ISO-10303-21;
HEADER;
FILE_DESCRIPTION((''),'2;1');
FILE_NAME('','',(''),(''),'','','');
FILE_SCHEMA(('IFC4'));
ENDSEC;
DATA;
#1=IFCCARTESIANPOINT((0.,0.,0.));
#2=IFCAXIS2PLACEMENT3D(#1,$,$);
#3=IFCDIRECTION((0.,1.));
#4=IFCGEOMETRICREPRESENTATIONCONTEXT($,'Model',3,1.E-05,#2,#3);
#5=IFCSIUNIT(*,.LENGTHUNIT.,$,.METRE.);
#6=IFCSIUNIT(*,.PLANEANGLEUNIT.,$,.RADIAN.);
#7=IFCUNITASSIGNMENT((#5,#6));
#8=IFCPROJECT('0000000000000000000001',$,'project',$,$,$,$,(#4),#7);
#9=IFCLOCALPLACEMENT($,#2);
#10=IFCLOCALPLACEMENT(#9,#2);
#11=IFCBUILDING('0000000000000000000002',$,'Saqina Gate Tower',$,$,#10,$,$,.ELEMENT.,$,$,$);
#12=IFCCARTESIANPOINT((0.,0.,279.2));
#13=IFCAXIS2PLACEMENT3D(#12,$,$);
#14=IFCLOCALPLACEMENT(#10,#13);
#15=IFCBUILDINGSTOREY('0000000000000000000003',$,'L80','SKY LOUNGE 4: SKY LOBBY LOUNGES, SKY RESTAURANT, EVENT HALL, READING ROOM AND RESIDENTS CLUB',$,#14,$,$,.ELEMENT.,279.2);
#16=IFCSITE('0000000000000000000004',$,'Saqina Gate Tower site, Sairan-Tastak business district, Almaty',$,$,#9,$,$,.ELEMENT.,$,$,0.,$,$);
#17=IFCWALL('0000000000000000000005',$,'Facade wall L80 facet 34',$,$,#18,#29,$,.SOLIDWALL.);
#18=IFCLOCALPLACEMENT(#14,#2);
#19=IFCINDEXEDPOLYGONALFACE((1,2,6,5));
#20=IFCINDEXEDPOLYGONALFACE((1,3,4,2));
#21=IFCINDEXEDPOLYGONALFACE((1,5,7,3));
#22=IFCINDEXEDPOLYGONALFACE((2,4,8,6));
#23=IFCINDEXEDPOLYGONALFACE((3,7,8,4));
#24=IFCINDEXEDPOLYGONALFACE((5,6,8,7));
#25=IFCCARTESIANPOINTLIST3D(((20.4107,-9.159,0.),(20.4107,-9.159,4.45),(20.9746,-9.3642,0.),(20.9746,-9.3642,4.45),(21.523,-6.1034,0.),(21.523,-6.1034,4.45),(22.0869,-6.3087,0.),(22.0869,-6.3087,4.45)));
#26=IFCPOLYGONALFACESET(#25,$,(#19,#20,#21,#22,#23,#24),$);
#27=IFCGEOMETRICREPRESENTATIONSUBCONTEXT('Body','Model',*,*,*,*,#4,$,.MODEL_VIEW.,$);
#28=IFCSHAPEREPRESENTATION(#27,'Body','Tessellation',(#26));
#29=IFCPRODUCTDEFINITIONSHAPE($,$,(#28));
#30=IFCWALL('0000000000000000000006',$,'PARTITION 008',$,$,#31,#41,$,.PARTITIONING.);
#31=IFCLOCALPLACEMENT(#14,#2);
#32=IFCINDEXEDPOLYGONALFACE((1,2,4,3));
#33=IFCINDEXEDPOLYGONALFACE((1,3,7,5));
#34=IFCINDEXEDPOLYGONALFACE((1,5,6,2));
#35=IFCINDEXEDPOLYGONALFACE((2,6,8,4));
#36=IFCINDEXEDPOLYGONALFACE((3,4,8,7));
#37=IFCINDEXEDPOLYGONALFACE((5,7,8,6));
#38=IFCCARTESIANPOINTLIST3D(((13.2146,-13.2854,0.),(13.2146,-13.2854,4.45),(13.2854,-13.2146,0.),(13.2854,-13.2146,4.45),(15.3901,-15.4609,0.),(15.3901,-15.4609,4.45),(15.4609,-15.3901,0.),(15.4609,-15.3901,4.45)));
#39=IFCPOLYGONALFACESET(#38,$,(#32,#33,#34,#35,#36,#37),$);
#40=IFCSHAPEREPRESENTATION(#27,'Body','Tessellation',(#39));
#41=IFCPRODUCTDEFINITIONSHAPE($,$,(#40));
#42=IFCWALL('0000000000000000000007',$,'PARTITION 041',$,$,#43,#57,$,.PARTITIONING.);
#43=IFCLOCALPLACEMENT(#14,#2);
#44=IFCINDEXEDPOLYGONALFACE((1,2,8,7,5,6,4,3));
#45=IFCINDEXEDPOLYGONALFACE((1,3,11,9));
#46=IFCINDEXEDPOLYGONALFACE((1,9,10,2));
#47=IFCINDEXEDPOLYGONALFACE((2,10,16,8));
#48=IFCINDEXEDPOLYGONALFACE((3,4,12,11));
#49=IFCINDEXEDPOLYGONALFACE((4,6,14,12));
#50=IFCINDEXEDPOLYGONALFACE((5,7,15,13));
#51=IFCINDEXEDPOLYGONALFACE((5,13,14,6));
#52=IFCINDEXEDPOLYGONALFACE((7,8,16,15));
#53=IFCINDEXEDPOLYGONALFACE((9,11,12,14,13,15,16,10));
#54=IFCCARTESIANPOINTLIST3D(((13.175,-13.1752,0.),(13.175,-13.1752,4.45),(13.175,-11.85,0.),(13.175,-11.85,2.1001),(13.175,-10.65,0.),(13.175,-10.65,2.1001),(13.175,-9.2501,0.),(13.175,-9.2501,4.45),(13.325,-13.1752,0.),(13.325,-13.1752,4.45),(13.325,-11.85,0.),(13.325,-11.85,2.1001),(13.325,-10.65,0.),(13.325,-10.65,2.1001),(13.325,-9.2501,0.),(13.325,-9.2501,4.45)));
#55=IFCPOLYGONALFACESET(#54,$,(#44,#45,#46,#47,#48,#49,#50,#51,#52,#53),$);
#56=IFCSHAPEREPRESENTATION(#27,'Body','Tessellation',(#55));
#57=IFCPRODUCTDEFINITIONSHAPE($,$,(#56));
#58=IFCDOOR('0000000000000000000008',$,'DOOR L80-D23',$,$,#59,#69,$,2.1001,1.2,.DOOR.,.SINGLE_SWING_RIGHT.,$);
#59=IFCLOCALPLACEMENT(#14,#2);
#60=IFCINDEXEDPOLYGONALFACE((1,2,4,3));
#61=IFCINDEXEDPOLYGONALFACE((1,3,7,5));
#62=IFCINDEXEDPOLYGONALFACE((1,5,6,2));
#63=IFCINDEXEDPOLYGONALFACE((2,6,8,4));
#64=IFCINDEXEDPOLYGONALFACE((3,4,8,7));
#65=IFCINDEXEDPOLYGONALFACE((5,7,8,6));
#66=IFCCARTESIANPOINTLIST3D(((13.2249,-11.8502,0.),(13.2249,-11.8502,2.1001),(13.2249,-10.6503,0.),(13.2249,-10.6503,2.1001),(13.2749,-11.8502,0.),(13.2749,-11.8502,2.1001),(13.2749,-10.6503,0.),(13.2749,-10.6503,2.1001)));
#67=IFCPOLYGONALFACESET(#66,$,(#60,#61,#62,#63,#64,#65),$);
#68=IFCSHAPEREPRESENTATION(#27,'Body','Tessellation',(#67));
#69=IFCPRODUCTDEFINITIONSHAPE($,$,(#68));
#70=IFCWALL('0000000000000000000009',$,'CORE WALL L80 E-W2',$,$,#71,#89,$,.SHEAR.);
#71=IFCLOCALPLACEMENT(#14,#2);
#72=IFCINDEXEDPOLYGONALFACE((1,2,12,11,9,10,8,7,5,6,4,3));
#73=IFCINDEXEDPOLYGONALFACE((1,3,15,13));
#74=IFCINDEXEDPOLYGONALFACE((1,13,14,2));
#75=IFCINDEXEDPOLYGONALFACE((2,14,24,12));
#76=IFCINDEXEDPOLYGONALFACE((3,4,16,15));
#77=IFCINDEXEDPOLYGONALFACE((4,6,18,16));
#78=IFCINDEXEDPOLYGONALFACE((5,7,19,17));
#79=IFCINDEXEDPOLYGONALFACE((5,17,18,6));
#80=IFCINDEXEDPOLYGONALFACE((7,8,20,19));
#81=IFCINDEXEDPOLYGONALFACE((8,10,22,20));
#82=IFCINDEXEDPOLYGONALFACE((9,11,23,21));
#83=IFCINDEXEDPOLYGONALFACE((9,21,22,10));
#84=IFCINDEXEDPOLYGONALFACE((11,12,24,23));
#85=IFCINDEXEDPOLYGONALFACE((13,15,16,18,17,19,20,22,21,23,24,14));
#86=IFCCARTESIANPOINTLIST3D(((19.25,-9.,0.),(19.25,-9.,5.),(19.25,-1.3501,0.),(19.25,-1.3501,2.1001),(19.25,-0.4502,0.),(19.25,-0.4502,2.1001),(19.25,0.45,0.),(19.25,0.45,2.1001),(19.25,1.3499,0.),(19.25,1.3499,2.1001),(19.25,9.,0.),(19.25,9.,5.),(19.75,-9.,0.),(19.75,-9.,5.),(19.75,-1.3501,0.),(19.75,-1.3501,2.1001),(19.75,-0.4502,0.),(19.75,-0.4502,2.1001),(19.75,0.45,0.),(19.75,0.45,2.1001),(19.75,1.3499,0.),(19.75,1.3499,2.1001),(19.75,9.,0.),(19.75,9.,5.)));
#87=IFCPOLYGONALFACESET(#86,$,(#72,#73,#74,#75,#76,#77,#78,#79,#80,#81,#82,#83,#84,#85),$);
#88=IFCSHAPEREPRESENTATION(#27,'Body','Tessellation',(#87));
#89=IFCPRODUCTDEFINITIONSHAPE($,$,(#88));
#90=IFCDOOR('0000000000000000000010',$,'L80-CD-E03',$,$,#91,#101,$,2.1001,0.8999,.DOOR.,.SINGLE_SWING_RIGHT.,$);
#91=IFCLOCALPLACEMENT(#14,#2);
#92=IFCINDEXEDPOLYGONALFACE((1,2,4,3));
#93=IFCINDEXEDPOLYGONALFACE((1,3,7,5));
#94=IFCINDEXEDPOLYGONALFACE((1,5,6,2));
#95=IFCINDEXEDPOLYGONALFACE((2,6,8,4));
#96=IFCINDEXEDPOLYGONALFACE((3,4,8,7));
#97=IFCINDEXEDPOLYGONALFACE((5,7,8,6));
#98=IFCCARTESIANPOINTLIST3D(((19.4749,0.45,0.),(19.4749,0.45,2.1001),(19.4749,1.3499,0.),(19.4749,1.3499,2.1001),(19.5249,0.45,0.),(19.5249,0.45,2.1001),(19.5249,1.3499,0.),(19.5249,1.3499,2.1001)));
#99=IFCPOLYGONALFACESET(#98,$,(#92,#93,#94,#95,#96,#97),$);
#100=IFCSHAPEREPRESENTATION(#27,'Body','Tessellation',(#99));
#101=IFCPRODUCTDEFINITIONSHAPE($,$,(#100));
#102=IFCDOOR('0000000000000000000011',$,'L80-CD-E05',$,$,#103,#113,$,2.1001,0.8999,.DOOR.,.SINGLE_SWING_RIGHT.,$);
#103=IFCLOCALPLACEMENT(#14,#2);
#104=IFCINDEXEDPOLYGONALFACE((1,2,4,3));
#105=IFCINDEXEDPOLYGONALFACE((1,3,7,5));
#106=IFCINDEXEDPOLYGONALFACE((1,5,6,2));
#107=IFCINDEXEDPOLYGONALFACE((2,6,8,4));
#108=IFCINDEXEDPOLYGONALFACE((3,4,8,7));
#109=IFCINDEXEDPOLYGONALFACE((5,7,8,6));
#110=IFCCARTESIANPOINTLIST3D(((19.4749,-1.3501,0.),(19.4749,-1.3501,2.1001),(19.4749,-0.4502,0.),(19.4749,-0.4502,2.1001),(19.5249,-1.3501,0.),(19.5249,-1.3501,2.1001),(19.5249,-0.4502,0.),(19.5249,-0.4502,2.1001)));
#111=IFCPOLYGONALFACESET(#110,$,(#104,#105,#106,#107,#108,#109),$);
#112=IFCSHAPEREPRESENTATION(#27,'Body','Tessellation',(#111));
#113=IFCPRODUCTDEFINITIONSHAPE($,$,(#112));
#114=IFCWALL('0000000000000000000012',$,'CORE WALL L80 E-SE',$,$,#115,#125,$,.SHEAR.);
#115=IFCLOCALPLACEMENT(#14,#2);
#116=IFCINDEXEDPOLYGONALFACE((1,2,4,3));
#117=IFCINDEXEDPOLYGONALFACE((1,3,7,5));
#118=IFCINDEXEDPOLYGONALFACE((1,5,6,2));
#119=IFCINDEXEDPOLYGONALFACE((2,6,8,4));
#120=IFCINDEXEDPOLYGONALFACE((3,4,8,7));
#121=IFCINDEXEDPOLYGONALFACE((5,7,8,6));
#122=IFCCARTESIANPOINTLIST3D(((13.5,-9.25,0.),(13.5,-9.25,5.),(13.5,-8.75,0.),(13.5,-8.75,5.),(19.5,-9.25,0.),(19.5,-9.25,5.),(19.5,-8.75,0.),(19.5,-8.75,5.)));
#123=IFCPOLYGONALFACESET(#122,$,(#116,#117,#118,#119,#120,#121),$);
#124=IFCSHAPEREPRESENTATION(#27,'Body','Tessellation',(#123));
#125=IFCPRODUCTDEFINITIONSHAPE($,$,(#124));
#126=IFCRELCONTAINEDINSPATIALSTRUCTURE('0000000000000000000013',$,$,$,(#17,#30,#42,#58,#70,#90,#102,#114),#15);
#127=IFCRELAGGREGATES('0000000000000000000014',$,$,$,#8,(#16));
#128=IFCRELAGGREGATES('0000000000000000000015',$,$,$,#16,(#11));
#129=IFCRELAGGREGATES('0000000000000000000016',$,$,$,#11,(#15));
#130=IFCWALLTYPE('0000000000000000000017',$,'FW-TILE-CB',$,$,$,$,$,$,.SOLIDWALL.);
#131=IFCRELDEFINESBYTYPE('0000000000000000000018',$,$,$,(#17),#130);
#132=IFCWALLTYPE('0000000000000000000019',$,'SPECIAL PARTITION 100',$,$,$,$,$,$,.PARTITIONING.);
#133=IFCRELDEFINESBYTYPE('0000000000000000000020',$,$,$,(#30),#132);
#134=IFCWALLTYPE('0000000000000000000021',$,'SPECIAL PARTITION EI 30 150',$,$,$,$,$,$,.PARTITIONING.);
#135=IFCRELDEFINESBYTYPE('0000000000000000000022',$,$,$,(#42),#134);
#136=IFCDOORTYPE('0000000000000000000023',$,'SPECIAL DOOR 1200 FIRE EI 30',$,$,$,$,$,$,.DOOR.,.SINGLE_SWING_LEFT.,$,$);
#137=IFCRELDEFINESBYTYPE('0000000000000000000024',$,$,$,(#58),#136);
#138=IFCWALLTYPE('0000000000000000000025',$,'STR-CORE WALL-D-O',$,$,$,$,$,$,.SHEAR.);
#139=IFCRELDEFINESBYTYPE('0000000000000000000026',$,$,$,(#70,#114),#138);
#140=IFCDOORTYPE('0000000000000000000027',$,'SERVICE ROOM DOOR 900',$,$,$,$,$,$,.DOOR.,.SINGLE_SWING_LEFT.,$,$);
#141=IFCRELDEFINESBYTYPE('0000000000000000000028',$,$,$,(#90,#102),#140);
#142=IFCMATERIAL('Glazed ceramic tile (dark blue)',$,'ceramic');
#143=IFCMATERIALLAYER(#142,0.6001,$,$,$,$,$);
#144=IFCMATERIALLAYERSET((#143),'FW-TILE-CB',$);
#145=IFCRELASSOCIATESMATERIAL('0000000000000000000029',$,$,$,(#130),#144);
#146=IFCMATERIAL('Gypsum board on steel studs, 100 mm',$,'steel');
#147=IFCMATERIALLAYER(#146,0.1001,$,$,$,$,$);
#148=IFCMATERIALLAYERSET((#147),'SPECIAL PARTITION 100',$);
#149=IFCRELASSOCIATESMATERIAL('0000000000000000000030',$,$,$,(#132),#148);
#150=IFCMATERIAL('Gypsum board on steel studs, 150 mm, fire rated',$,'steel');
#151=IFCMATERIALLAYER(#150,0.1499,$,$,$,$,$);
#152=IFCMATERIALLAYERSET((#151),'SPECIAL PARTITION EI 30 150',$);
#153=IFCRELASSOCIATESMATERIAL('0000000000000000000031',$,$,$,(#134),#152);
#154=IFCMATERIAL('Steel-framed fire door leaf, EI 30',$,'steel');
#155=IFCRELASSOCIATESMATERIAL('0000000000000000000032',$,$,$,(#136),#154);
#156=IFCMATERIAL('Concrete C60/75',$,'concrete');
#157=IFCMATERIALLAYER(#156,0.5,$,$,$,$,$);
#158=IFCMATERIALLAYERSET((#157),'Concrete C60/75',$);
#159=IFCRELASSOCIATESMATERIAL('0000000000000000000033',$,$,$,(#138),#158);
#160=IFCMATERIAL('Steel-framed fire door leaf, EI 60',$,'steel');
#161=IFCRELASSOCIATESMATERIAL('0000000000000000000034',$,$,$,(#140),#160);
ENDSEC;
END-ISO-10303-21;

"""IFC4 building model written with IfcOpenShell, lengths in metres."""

from ifc_helpers import new_model, si_unit, direction, frame, frame_2d, origin, place, context, subcontext, project, spatial, rectangle, extrude, material, layer, layer_set, type_object, element, fill, save


model = new_model("IFC4")

# Units and contexts
model_context = context("Model", 3, precision=1e-05, world=origin(), true_north=direction((0.0, 1.0)))
body_context = subcontext(model_context, "Body", "Model", "MODEL_VIEW")
ifc_project = project(units=[si_unit("LENGTHUNIT", "METRE"), si_unit("PLANEANGLEUNIT", "RADIAN")], contexts=[model_context])

# Site, building, storey
site_placement = place(None, origin())
site = spatial("IfcSite", under=ifc_project, at=site_placement, Name="Saqina Gate Tower site, Sairan-Tastak business district, Almaty", CompositionType="ELEMENT", RefElevation=0.0)
building_placement = place(site_placement, origin())
building = spatial("IfcBuilding", under=site, at=building_placement, Name="Saqina Gate Tower", CompositionType="ELEMENT")
storey_placement = place(building_placement, frame((0.0, 0.0, 279.2)))
storey = spatial("IfcBuildingStorey", under=building, at=storey_placement, Name="L80", Description="SKY LOUNGE 4: SKY LOBBY LOUNGES, SKY RESTAURANT, EVENT HALL, READING ROOM AND RESIDENTS CLUB", CompositionType="ELEMENT", Elevation=279.2)

# Walls
ifc_material_1 = material(Name="Glazed ceramic tile (dark blue)", Category="ceramic")
ifc_layer_1 = layer(ifc_material_1, 0.6001)
ifc_layer_set_1 = layer_set([ifc_layer_1], Name="FW-TILE-CB")
wall_type_1 = type_object("IfcWallType", Name="FW-TILE-CB", PredefinedType="SOLIDWALL", material=ifc_layer_set_1)
wall_1_placement = place(storey_placement, frame((20.6926, -9.2617, 0.0), z_axis=(0.0, 0.0, 1.0), x_axis=(0.342057, 0.939679, 0.0)))
element("IfcWall", 1, at=wall_1_placement, inside=storey, type_object=wall_type_1, Name="Facade wall L80 facet 34", PredefinedType="SOLIDWALL", context=body_context, shape_type="SweptSolid", body=[
    extrude(rectangle(XDim=3.2517, YDim=0.6001, at=frame_2d((1.626, 0.0))), origin(), (0.0, 0.0, 1.0), 4.45),
])
ifc_material_2 = material(Name="Gypsum board on steel studs, 100 mm", Category="steel")
ifc_layer_2 = layer(ifc_material_2, 0.1001)
ifc_layer_set_2 = layer_set([ifc_layer_2], Name="SPECIAL PARTITION 100")
wall_type_2 = type_object("IfcWallType", Name="SPECIAL PARTITION 100", PredefinedType="PARTITIONING", material=ifc_layer_set_2)
wall_2_placement = place(storey_placement, frame((13.25, -13.25, 0.0), z_axis=(0.0, 0.0, 1.0), x_axis=(0.707107, -0.707107, 0.0)))
element("IfcWall", 2, at=wall_2_placement, inside=storey, type_object=wall_type_2, Name="PARTITION 008", PredefinedType="PARTITIONING", context=body_context, shape_type="SweptSolid", body=[
    extrude(rectangle(XDim=3.0767, YDim=0.1001, at=frame_2d((1.5383, 0.0))), origin(), (0.0, 0.0, 1.0), 4.45),
])

# Wall, opening, door
ifc_material_3 = material(Name="Gypsum board on steel studs, 150 mm, fire rated", Category="steel")
ifc_layer_3 = layer(ifc_material_3, 0.1499)
ifc_layer_set_3 = layer_set([ifc_layer_3], Name="SPECIAL PARTITION EI 30 150")
wall_type_3 = type_object("IfcWallType", Name="SPECIAL PARTITION EI 30 150", PredefinedType="PARTITIONING", material=ifc_layer_set_3)
wall_3_placement = place(storey_placement, frame((13.25, -13.175, 0.0), z_axis=(0.0, 0.0, 1.0), x_axis=(0.0, 1.0, 0.0)))
wall_3 = element("IfcWall", 3, at=wall_3_placement, inside=storey, type_object=wall_type_3, Name="PARTITION 041", PredefinedType="PARTITIONING", context=body_context, shape_type="SweptSolid", body=[
    extrude(rectangle(XDim=3.925, YDim=0.1499, at=frame_2d((1.9624, 0.0))), origin(), (0.0, 0.0, 1.0), 4.45),
])
opening_1_placement = place(wall_3_placement, frame((1.325, 0.0, 0.0)))
opening_1 = element("IfcOpeningElement", 4, at=opening_1_placement, cuts=wall_3, PredefinedType="OPENING", context=body_context, shape_type="SweptSolid", body=[
    extrude(rectangle(XDim=1.2, YDim=2.1001, at=frame_2d((0.6001, 1.05))), frame((0.0, 0.0869, 0.0), z_axis=(0.0, -1.0, 0.0), x_axis=(1.0, 0.0, 0.0)), (0.0, 0.0, 1.0), 0.1738),
])
ifc_material_4 = material(Name="Steel-framed fire door leaf, EI 30", Category="steel")
door_type_1 = type_object("IfcDoorType", Name="SPECIAL DOOR 1200 FIRE EI 30", OperationType="SINGLE_SWING_LEFT", PredefinedType="DOOR", material=ifc_material_4)
door_1_placement = place(opening_1_placement, frame((1.2, 0.0, 0.0), z_axis=(0.0, 0.0, 1.0), x_axis=(-1.0, 0.0, 0.0)))
door_1 = element("IfcDoor", 5, at=door_1_placement, inside=storey, type_object=door_type_1, Name="DOOR L80-D23", OperationType="SINGLE_SWING_RIGHT", OverallHeight=2.1001, OverallWidth=1.2, PredefinedType="DOOR", context=body_context, shape_type="SweptSolid", body=[
    extrude(rectangle(XDim=1.2, YDim=2.1001, at=frame_2d((0.6001, 1.05))), frame((0.0, 0.0249, 0.0), z_axis=(0.0, -1.0, 0.0), x_axis=(1.0, 0.0, 0.0)), (0.0, 0.0, 1.0), 0.05),
])
fill(opening_1, door_1)

# Wall, openings, doors
ifc_material_5 = material(Name="Concrete C60/75", Category="concrete")
ifc_layer_4 = layer(ifc_material_5, 0.5)
ifc_layer_set_4 = layer_set([ifc_layer_4], Name="Concrete C60/75")
wall_type_4 = type_object("IfcWallType", Name="STR-CORE WALL-D-O", PredefinedType="SHEAR", material=ifc_layer_set_4)
wall_4_placement = place(storey_placement, frame((19.5, -9.0, 0.0), z_axis=(0.0, 0.0, 1.0), x_axis=(0.0, 1.0, 0.0)))
wall_4 = element("IfcWall", 6, at=wall_4_placement, inside=storey, type_object=wall_type_4, Name="CORE WALL L80 E-W2", PredefinedType="SHEAR", context=body_context, shape_type="SweptSolid", body=[
    extrude(rectangle(XDim=18.0, YDim=0.5, at=frame_2d((9.0, 0.0))), origin(), (0.0, 0.0, 1.0), 5.0),
])
opening_2_placement = place(wall_4_placement, frame((9.45, 0.0, 0.0)))
opening_2 = element("IfcOpeningElement", 7, at=opening_2_placement, cuts=wall_4, PredefinedType="OPENING", context=body_context, shape_type="SweptSolid", body=[
    extrude(rectangle(XDim=0.8999, YDim=2.1001, at=frame_2d((0.45, 1.05))), frame((0.0, 0.262, 0.0), z_axis=(0.0, -1.0, 0.0), x_axis=(1.0, 0.0, 0.0)), (0.0, 0.0, 1.0), 0.5239),
])
opening_3_placement = place(wall_4_placement, frame((7.6499, 0.0, 0.0)))
opening_3 = element("IfcOpeningElement", 8, at=opening_3_placement, cuts=wall_4, PredefinedType="OPENING", context=body_context, shape_type="SweptSolid", body=[
    extrude(rectangle(XDim=0.8999, YDim=2.1001, at=frame_2d((0.45, 1.05))), frame((0.0, 0.262, 0.0), z_axis=(0.0, -1.0, 0.0), x_axis=(1.0, 0.0, 0.0)), (0.0, 0.0, 1.0), 0.5239),
])
ifc_material_6 = material(Name="Steel-framed fire door leaf, EI 60", Category="steel")
door_type_2 = type_object("IfcDoorType", Name="SERVICE ROOM DOOR 900", OperationType="SINGLE_SWING_LEFT", PredefinedType="DOOR", material=ifc_material_6)
door_2_placement = place(opening_2_placement, frame((0.8999, 0.0, 0.0), z_axis=(0.0, 0.0, 1.0), x_axis=(-1.0, 0.0, 0.0)))
door_2 = element("IfcDoor", 9, at=door_2_placement, inside=storey, type_object=door_type_2, Name="L80-CD-E03", OperationType="SINGLE_SWING_RIGHT", OverallHeight=2.1001, OverallWidth=0.8999, PredefinedType="DOOR", context=body_context, shape_type="SweptSolid", body=[
    extrude(rectangle(XDim=0.8999, YDim=2.1001, at=frame_2d((0.45, 1.05))), frame((0.0, 0.0249, 0.0), z_axis=(0.0, -1.0, 0.0), x_axis=(1.0, 0.0, 0.0)), (0.0, 0.0, 1.0), 0.05),
])
fill(opening_2, door_2)
door_3_placement = place(opening_3_placement, frame((0.8999, 0.0, 0.0), z_axis=(0.0, 0.0, 1.0), x_axis=(-1.0, 0.0, 0.0)))
door_3 = element("IfcDoor", 10, at=door_3_placement, inside=storey, type_object=door_type_2, Name="L80-CD-E05", OperationType="SINGLE_SWING_RIGHT", OverallHeight=2.1001, OverallWidth=0.8999, PredefinedType="DOOR", context=body_context, shape_type="SweptSolid", body=[
    extrude(rectangle(XDim=0.8999, YDim=2.1001, at=frame_2d((0.45, 1.05))), frame((0.0, 0.0249, 0.0), z_axis=(0.0, -1.0, 0.0), x_axis=(1.0, 0.0, 0.0)), (0.0, 0.0, 1.0), 0.05),
])
fill(opening_3, door_3)

# Wall
wall_5_placement = place(storey_placement, frame((13.5, -9.0, 0.0), z_axis=(0.0, 0.0, 1.0), x_axis=(1.0, 0.0, 0.0)))
element("IfcWall", 11, at=wall_5_placement, inside=storey, type_object=wall_type_4, Name="CORE WALL L80 E-SE", PredefinedType="SHEAR", context=body_context, shape_type="SweptSolid", body=[
    extrude(rectangle(XDim=6.0, YDim=0.5, at=frame_2d((3.0, 0.0))), origin(), (0.0, 0.0, 1.0), 5.0),
])

save(model, "model.ifc")
